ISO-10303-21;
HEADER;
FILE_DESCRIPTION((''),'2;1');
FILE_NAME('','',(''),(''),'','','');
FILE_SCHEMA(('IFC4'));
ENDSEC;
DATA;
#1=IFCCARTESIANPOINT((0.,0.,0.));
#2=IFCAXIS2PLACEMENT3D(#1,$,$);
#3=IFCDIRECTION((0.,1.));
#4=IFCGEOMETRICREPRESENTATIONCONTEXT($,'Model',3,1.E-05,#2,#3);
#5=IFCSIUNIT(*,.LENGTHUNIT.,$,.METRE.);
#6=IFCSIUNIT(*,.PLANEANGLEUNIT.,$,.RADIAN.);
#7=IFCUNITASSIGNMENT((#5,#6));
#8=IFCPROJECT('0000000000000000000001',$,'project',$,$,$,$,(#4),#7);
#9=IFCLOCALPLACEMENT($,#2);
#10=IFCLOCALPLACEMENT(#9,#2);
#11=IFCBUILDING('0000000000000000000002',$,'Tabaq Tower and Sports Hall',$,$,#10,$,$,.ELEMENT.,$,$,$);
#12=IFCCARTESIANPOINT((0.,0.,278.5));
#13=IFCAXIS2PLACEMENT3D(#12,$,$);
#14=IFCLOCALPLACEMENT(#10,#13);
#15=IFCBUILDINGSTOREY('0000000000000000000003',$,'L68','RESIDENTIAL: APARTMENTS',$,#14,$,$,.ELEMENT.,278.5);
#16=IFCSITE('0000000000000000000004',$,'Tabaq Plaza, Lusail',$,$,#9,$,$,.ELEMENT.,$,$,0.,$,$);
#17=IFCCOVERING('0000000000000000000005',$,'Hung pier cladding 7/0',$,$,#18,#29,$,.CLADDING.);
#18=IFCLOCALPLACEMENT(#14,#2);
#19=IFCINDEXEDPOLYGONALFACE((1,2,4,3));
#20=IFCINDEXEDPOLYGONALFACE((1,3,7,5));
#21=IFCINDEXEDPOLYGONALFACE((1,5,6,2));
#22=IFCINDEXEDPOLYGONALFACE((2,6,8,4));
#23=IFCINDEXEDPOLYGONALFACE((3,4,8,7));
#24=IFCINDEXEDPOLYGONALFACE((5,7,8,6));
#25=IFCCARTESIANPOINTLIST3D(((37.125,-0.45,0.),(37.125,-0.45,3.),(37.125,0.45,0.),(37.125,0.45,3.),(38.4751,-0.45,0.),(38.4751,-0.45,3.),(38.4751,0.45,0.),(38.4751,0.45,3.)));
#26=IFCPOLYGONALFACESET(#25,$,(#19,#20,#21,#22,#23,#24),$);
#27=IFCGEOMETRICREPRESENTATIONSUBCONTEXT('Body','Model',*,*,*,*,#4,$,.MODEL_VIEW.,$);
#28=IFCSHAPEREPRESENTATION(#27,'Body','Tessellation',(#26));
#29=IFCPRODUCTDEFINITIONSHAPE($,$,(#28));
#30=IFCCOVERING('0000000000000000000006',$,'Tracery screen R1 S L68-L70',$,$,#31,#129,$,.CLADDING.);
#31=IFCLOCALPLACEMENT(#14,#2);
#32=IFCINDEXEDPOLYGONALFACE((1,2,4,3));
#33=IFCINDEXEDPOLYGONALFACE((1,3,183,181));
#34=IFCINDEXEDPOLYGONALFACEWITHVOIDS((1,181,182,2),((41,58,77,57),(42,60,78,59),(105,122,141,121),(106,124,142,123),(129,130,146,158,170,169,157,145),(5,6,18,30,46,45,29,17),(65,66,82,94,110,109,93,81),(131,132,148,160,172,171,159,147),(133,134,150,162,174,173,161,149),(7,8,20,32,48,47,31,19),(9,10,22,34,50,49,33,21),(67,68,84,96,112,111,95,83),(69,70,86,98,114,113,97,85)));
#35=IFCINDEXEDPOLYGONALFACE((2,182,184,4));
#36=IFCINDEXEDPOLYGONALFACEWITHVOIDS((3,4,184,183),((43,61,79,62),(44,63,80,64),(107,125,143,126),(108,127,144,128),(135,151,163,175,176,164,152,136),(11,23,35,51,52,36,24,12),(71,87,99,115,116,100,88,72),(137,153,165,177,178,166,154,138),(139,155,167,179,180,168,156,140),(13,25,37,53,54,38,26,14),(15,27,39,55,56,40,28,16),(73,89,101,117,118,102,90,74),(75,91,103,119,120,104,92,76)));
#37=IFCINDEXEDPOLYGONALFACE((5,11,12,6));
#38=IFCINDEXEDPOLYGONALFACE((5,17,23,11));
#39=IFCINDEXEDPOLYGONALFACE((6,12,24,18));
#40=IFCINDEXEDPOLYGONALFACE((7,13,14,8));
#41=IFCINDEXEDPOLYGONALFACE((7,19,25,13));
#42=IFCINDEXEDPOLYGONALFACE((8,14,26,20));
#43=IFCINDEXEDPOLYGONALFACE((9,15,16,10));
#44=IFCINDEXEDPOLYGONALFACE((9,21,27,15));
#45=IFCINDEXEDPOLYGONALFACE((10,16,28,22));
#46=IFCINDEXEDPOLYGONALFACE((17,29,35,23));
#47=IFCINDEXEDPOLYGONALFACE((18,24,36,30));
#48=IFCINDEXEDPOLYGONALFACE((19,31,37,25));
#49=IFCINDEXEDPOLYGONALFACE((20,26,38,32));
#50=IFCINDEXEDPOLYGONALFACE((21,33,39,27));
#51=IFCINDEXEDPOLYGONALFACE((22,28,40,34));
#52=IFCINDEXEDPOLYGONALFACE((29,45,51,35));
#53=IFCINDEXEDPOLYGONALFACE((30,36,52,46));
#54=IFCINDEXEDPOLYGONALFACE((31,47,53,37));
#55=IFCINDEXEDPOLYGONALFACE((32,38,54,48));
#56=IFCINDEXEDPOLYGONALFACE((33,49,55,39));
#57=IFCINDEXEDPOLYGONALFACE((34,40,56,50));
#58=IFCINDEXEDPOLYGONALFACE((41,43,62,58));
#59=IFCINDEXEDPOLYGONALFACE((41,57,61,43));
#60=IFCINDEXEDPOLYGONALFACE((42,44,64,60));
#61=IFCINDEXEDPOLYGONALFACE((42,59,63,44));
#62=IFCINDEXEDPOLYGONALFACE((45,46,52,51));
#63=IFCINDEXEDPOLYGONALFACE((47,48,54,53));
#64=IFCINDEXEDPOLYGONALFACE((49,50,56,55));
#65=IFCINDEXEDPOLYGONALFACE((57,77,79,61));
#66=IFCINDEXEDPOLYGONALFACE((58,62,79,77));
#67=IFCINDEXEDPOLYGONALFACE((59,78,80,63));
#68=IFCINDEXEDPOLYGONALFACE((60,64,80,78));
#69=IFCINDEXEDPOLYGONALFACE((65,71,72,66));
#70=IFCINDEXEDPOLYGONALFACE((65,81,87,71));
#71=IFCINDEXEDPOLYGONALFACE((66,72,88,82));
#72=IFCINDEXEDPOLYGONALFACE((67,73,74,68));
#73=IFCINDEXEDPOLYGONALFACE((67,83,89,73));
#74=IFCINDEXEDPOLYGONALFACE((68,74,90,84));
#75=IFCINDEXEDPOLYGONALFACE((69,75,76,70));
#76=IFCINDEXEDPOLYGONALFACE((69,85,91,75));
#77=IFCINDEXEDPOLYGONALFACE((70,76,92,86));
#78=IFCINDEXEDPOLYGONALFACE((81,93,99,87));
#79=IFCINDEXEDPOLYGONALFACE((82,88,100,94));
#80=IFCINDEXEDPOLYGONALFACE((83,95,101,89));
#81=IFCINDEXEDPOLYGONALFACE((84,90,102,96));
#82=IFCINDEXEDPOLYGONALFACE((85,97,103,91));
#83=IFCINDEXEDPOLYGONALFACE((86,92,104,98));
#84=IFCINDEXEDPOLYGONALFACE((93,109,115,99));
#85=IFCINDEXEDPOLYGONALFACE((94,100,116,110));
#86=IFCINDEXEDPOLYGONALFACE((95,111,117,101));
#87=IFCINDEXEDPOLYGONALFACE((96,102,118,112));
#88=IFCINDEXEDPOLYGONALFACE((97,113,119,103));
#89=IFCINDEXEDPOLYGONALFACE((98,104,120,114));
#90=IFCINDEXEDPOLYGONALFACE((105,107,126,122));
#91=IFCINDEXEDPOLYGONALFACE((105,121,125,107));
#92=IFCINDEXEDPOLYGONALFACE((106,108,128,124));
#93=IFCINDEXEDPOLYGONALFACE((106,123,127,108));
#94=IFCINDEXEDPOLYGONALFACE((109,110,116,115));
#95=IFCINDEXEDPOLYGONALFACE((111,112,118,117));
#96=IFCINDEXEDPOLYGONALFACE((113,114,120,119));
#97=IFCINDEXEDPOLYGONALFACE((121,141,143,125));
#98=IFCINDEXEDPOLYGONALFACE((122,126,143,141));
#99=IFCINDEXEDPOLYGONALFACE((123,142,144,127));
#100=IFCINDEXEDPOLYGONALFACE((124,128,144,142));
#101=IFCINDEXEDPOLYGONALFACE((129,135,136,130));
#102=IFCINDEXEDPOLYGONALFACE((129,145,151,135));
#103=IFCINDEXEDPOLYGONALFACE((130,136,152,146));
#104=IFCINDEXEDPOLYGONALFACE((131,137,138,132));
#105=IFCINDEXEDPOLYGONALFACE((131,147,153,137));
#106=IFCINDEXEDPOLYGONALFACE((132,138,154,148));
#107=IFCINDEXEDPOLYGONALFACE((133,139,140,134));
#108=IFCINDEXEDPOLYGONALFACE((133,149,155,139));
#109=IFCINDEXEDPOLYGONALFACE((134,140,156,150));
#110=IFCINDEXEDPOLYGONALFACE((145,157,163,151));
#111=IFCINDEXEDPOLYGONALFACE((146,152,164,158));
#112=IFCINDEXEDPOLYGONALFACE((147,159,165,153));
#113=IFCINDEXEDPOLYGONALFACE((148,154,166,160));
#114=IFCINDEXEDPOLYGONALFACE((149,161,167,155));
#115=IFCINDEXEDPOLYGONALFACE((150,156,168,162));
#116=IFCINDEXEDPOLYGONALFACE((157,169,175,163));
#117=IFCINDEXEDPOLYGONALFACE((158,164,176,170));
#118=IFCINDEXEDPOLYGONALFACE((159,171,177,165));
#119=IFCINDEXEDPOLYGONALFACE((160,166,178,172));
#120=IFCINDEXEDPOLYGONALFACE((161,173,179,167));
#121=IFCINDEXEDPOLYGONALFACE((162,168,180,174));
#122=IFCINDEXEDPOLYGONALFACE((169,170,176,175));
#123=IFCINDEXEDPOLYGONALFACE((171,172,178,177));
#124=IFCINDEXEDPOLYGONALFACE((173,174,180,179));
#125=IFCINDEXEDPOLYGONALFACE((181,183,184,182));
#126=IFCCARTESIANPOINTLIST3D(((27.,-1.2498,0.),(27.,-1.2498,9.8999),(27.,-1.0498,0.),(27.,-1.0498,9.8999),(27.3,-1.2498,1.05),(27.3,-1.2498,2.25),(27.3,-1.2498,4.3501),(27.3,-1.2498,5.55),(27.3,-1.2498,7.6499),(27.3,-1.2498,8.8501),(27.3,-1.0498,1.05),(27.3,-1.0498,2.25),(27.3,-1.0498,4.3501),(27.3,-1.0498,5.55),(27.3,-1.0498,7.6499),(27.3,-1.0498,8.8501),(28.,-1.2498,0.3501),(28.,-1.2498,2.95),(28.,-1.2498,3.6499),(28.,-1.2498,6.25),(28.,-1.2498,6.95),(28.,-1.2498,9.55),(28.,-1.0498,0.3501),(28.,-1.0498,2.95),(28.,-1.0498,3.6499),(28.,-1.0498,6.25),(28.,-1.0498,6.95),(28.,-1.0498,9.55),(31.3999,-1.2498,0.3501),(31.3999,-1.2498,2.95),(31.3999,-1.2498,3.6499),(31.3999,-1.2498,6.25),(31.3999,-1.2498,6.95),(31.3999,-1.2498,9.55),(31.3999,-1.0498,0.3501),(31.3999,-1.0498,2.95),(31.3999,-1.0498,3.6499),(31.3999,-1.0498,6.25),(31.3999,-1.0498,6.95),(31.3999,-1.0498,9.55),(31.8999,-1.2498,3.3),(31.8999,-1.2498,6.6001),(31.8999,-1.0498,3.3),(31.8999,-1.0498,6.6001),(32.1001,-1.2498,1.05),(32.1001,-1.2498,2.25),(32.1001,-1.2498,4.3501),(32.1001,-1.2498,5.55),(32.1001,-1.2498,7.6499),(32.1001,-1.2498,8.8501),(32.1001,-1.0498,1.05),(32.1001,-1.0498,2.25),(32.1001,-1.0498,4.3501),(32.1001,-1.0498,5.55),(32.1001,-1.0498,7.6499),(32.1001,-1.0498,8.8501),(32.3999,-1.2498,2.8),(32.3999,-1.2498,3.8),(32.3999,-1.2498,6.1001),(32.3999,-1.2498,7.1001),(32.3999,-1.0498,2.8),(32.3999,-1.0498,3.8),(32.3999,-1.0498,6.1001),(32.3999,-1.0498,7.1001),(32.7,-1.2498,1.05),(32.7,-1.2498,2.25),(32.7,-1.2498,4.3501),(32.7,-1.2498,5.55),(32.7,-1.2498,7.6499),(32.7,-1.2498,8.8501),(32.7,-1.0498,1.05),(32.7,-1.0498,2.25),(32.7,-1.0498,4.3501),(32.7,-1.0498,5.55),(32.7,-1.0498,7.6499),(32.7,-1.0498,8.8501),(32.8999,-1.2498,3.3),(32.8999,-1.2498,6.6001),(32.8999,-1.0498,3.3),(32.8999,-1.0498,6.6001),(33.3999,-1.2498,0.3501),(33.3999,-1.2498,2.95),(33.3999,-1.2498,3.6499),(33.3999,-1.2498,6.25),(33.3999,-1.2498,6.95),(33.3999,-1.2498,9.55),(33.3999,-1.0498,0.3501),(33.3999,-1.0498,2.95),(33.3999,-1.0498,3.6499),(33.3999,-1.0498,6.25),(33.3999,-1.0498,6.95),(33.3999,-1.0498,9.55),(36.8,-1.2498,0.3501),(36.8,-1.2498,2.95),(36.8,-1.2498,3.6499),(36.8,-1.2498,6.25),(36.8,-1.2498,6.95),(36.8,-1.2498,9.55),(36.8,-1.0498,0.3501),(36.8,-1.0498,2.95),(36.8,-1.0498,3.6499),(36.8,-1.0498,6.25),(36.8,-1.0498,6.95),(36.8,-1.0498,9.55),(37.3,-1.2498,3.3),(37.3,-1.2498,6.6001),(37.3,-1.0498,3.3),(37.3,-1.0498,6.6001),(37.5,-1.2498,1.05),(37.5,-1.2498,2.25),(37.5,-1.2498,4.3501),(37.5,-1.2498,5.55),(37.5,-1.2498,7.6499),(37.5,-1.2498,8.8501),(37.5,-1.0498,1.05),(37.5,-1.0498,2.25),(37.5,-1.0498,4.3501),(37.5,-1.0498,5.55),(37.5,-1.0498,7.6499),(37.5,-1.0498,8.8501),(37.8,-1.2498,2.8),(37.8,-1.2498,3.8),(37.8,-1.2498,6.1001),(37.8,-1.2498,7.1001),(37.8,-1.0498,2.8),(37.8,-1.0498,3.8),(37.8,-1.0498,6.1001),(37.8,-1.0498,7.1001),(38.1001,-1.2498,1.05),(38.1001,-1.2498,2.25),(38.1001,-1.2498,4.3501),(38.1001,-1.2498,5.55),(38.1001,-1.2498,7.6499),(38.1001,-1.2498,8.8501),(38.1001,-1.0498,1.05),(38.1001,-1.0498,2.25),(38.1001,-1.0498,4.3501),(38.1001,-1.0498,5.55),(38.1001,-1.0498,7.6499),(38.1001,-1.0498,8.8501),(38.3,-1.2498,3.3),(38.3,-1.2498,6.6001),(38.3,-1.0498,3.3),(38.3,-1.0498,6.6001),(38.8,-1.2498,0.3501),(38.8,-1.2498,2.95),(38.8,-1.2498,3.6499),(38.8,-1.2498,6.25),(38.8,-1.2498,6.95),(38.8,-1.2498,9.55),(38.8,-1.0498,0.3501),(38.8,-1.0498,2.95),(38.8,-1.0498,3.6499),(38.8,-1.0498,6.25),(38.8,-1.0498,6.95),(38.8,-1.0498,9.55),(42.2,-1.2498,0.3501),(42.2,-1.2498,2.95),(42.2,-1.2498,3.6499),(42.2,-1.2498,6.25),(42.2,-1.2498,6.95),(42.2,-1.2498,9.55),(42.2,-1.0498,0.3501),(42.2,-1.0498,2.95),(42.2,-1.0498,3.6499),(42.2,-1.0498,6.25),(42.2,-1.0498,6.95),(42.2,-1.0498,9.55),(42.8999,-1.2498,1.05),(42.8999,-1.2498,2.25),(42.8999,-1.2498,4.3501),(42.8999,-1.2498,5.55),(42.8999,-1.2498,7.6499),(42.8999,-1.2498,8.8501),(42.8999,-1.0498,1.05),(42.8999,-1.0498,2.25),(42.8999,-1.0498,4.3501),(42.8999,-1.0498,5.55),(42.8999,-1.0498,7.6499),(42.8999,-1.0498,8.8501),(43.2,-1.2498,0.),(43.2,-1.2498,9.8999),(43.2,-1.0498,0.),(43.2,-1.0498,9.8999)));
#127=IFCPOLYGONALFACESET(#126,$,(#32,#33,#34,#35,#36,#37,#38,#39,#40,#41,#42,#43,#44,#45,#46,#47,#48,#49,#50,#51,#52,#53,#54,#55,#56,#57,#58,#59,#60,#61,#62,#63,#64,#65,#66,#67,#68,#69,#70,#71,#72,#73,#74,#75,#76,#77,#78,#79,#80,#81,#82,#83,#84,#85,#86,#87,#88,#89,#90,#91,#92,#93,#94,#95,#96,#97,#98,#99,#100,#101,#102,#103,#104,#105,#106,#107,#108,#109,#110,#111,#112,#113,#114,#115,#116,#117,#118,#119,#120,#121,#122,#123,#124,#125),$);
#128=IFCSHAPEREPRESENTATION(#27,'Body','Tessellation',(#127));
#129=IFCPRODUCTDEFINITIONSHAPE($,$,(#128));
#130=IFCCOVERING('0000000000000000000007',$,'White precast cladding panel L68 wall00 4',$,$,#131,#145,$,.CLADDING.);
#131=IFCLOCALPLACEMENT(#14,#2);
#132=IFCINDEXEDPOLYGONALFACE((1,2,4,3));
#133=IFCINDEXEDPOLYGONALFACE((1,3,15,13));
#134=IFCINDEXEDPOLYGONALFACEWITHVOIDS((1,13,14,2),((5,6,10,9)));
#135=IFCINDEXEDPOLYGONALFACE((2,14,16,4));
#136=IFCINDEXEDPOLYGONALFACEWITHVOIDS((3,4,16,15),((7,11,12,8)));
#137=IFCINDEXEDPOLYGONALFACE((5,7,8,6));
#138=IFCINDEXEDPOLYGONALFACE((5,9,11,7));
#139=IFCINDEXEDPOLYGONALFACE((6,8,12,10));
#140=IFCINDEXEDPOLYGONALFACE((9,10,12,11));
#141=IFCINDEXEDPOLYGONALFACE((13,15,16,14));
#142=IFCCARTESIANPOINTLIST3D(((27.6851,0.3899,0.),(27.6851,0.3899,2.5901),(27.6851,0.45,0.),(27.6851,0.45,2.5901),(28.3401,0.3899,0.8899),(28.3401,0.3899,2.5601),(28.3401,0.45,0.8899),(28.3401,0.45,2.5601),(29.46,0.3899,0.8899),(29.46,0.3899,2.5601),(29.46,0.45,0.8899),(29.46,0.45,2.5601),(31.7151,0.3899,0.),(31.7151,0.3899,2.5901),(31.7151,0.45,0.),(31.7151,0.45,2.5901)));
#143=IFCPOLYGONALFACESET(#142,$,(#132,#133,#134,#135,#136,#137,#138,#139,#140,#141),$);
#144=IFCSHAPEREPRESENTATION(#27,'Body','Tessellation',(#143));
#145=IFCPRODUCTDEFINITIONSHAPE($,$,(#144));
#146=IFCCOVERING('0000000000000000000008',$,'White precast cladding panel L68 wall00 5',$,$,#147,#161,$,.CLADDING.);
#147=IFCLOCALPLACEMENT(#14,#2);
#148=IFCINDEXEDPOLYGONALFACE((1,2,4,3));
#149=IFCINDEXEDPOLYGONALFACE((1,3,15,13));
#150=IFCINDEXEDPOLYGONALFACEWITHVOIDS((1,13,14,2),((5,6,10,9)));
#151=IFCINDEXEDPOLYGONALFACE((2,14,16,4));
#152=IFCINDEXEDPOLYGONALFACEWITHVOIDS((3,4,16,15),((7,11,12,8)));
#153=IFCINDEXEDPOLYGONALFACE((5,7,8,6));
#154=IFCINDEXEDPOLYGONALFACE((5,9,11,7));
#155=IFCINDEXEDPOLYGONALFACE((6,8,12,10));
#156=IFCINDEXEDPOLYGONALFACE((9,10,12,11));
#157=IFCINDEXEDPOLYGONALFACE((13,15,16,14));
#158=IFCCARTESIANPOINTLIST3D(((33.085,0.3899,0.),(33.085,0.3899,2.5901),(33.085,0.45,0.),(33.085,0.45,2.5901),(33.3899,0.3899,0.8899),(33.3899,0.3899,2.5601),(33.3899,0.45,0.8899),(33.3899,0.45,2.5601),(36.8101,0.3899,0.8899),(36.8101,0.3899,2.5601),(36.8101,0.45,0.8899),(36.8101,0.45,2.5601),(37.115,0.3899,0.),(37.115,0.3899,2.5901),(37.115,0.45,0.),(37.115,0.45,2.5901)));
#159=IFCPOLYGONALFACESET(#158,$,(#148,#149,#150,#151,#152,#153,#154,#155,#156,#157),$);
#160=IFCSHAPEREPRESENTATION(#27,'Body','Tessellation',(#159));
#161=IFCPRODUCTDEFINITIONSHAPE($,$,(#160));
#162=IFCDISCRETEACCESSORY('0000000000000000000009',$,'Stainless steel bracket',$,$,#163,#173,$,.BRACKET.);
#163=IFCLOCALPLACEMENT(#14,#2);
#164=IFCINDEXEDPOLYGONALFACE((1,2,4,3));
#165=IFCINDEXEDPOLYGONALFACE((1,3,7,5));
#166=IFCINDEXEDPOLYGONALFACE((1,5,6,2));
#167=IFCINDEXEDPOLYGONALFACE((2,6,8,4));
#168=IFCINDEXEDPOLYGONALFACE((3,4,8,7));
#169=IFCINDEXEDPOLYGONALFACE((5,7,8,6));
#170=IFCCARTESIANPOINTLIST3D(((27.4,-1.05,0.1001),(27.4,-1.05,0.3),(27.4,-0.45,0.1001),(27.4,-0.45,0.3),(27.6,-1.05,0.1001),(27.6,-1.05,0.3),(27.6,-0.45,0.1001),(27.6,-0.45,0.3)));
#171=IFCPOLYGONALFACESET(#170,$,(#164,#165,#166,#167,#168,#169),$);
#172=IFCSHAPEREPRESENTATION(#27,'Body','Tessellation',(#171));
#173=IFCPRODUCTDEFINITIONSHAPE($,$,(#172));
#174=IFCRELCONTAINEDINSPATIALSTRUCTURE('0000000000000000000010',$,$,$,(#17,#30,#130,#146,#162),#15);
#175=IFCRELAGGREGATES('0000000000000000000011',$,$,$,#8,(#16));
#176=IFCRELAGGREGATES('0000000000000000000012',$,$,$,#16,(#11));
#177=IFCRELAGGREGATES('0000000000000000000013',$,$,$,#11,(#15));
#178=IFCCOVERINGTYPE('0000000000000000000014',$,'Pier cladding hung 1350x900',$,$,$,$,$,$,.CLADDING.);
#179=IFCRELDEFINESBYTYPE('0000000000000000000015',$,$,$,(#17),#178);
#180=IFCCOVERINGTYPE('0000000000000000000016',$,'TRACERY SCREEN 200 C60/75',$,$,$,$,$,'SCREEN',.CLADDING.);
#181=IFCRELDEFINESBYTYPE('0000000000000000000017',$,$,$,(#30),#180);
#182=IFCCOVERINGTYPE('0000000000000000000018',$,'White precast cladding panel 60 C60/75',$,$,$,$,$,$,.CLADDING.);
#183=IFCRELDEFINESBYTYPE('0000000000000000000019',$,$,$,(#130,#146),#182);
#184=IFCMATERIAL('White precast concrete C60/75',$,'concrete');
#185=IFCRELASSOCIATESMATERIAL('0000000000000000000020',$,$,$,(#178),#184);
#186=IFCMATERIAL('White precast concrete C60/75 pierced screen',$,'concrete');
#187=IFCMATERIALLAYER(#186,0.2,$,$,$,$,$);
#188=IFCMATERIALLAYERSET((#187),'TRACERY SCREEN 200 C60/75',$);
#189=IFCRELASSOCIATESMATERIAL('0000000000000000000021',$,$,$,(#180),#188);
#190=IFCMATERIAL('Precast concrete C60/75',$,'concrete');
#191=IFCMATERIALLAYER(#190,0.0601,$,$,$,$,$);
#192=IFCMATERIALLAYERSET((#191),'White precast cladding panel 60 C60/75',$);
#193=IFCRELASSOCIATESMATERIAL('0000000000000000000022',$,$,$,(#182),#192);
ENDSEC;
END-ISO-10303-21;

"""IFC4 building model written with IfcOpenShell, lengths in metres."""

from ifc_helpers import new_model, si_unit, direction, frame, frame_2d, origin, origin_2d, place, context, subcontext, project, spatial, polyline, rectangle, outline, extrude, material, layer, layer_set, type_object, element, save


model = new_model("IFC4")

# Units and contexts
model_context = context("Model", 3, precision=1e-05, world=origin(), true_north=direction((0.0, 1.0)))
body_context = subcontext(model_context, "Body", "Model", "MODEL_VIEW")
ifc_project = project(units=[si_unit("LENGTHUNIT", "METRE"), si_unit("PLANEANGLEUNIT", "RADIAN")], contexts=[model_context])

# Site, building, storey
site_placement = place(None, origin())
site = spatial("IfcSite", under=ifc_project, at=site_placement, Name="Tabaq Plaza, Lusail", CompositionType="ELEMENT", RefElevation=0.0)
building_placement = place(site_placement, origin())
building = spatial("IfcBuilding", under=site, at=building_placement, Name="Tabaq Tower and Sports Hall", CompositionType="ELEMENT")
storey_placement = place(building_placement, frame((0.0, 0.0, 278.5)))
storey = spatial("IfcBuildingStorey", under=building, at=storey_placement, Name="L68", Description="RESIDENTIAL: APARTMENTS", CompositionType="ELEMENT", Elevation=278.5)

# Coverings
ifc_material_1 = material(Name="White precast concrete C60/75", Category="concrete")
covering_type_1 = type_object("IfcCoveringType", Name="Pier cladding hung 1350x900", PredefinedType="CLADDING", material=ifc_material_1)
covering_1_placement = place(storey_placement, frame((37.125, 0.0, 0.0), z_axis=(0.0, 0.0, 1.0), x_axis=(1.0, 0.0, 0.0)))
element("IfcCovering", 1, at=covering_1_placement, inside=storey, type_object=covering_type_1, Name="Hung pier cladding 7/0", PredefinedType="CLADDING", context=body_context, shape_type="SweptSolid", body=[
    extrude(rectangle(XDim=1.3501, YDim=0.8999, at=frame_2d((0.675, 0.0))), origin(), (0.0, 0.0, 1.0), 3.0),
])
ifc_material_2 = material(Name="White precast concrete C60/75 pierced screen", Category="concrete")
ifc_layer_1 = layer(ifc_material_2, 0.2)
ifc_layer_set_1 = layer_set([ifc_layer_1], Name="TRACERY SCREEN 200 C60/75")
covering_type_2 = type_object("IfcCoveringType", Name="TRACERY SCREEN 200 C60/75", ElementType="SCREEN", PredefinedType="CLADDING", material=ifc_layer_set_1)
covering_2_placement = place(storey_placement, frame((27.0, -1.1499, 0.0), z_axis=(0.0, 0.0, 1.0), x_axis=(1.0, 0.0, 0.0)))
element("IfcCovering", 2, at=covering_2_placement, inside=storey, type_object=covering_type_2, Name="Tracery screen R1 S L68-L70", PredefinedType="CLADDING", context=body_context, shape_type="SweptSolid", body=[
    extrude(outline(polyline([(0.0, 0.0), (16.2, 0.0), (16.2, 9.8999), (0.0, 9.8999), (0.0, 0.0)]), holes=[polyline([(1.0, 0.3501), (4.3999, 0.3501), (5.1001, 1.05), (5.1001, 2.25), (4.3999, 2.95), (1.0, 2.95), (0.3, 2.25), (0.3, 1.05), (1.0, 0.3501)]), polyline([(6.3999, 0.3501), (9.8, 0.3501), (10.5, 1.05), (10.5, 2.25), (9.8, 2.95), (6.3999, 2.95), (5.7, 2.25), (5.7, 1.05), (6.3999, 0.3501)]), polyline([(11.8, 0.3501), (15.2, 0.3501), (15.8999, 1.05), (15.8999, 2.25), (15.2, 2.95), (11.8, 2.95), (11.1001, 2.25), (11.1001, 1.05), (11.8, 0.3501)]), polyline([(1.0, 3.6499), (4.3999, 3.6499), (5.1001, 4.3501), (5.1001, 5.55), (4.3999, 6.25), (1.0, 6.25), (0.3, 5.55), (0.3, 4.3501), (1.0, 3.6499)]), polyline([(6.3999, 3.6499), (9.8, 3.6499), (10.5, 4.3501), (10.5, 5.55), (9.8, 6.25), (6.3999, 6.25), (5.7, 5.55), (5.7, 4.3501), (6.3999, 3.6499)]), polyline([(11.8, 3.6499), (15.2, 3.6499), (15.8999, 4.3501), (15.8999, 5.55), (15.2, 6.25), (11.8, 6.25), (11.1001, 5.55), (11.1001, 4.3501), (11.8, 3.6499)]), polyline([(1.0, 6.95), (4.3999, 6.95), (5.1001, 7.6499), (5.1001, 8.8501), (4.3999, 9.55), (1.0, 9.55), (0.3, 8.8501), (0.3, 7.6499), (1.0, 6.95)]), polyline([(6.3999, 6.95), (9.8, 6.95), (10.5, 7.6499), (10.5, 8.8501), (9.8, 9.55), (6.3999, 9.55), (5.7, 8.8501), (5.7, 7.6499), (6.3999, 6.95)]), polyline([(11.8, 6.95), (15.2, 6.95), (15.8999, 7.6499), (15.8999, 8.8501), (15.2, 9.55), (11.8, 9.55), (11.1001, 8.8501), (11.1001, 7.6499), (11.8, 6.95)]), polyline([(5.8999, 3.3), (5.3999, 3.8), (4.8999, 3.3), (5.3999, 2.8), (5.8999, 3.3)]), polyline([(11.3, 3.3), (10.8, 3.8), (10.3, 3.3), (10.8, 2.8), (11.3, 3.3)]), polyline([(5.8999, 6.6001), (5.3999, 7.1001), (4.8999, 6.6001), (5.3999, 6.1001), (5.8999, 6.6001)]), polyline([(11.3, 6.6001), (10.8, 7.1001), (10.3, 6.6001), (10.8, 6.1001), (11.3, 6.6001)])]), frame((0.0, 0.1001, 0.0), z_axis=(0.0, -1.0, 0.0), x_axis=(1.0, 0.0, 0.0)), (0.0, 0.0, 1.0), 0.2),
])
ifc_material_3 = material(Name="Precast concrete C60/75", Category="concrete")
ifc_layer_2 = layer(ifc_material_3, 0.0601)
ifc_layer_set_2 = layer_set([ifc_layer_2], Name="White precast cladding panel 60 C60/75")
covering_type_3 = type_object("IfcCoveringType", Name="White precast cladding panel 60 C60/75", PredefinedType="CLADDING", material=ifc_layer_set_2)
covering_3_placement = place(storey_placement, frame((27.6851, 0.4199, 0.0), z_axis=(0.0, 0.0, 1.0), x_axis=(1.0, 0.0, 0.0)))
element("IfcCovering", 3, at=covering_3_placement, inside=storey, type_object=covering_type_3, Name="White precast cladding panel L68 wall00 4", PredefinedType="CLADDING", context=body_context, shape_type="SweptSolid", body=[
    extrude(outline(polyline([(0.0, 0.0), (4.03, 0.0), (4.03, 2.5901), (0.0, 2.5901), (0.0, 0.0)]), holes=[polyline([(1.7749, 0.8899), (0.655, 0.8899), (0.655, 2.5601), (1.7749, 2.5601), (1.7749, 0.8899)])]), frame((0.0, 0.03, 0.0), z_axis=(0.0, -1.0, 0.0), x_axis=(1.0, 0.0, 0.0)), (0.0, 0.0, 1.0), 0.0601),
])
covering_4_placement = place(storey_placement, frame((33.085, 0.4199, 0.0), z_axis=(0.0, 0.0, 1.0), x_axis=(1.0, 0.0, 0.0)))
element("IfcCovering", 4, at=covering_4_placement, inside=storey, type_object=covering_type_3, Name="White precast cladding panel L68 wall00 5", PredefinedType="CLADDING", context=body_context, shape_type="SweptSolid", body=[
    extrude(outline(polyline([(0.0, 0.0), (4.03, 0.0), (4.03, 2.5901), (0.0, 2.5901), (0.0, 0.0)]), holes=[polyline([(3.7251, 0.8899), (0.3049, 0.8899), (0.3049, 2.5601), (3.7251, 2.5601), (3.7251, 0.8899)])]), frame((0.0, 0.03, 0.0), z_axis=(0.0, -1.0, 0.0), x_axis=(1.0, 0.0, 0.0)), (0.0, 0.0, 1.0), 0.0601),
])

# Discrete accessory
for number, where, z_axis, x_axis, name in (
    (5, (27.5, -0.75, 0.1001), (0.0, 0.0, 1.0), (0.0, -1.0, 0.0), "Stainless steel bracket"),
):
    element("IfcDiscreteAccessory", number, at=place(storey_placement, frame(where, z_axis=z_axis, x_axis=x_axis)), inside=storey, Name=name, PredefinedType="BRACKET", context=body_context, shape_type="SweptSolid", body=[
        extrude(rectangle(XDim=0.6001, YDim=0.2, at=origin_2d()), origin(), (0.0, 0.0, 1.0), 0.2),
    ])

save(model, "model.ifc")
